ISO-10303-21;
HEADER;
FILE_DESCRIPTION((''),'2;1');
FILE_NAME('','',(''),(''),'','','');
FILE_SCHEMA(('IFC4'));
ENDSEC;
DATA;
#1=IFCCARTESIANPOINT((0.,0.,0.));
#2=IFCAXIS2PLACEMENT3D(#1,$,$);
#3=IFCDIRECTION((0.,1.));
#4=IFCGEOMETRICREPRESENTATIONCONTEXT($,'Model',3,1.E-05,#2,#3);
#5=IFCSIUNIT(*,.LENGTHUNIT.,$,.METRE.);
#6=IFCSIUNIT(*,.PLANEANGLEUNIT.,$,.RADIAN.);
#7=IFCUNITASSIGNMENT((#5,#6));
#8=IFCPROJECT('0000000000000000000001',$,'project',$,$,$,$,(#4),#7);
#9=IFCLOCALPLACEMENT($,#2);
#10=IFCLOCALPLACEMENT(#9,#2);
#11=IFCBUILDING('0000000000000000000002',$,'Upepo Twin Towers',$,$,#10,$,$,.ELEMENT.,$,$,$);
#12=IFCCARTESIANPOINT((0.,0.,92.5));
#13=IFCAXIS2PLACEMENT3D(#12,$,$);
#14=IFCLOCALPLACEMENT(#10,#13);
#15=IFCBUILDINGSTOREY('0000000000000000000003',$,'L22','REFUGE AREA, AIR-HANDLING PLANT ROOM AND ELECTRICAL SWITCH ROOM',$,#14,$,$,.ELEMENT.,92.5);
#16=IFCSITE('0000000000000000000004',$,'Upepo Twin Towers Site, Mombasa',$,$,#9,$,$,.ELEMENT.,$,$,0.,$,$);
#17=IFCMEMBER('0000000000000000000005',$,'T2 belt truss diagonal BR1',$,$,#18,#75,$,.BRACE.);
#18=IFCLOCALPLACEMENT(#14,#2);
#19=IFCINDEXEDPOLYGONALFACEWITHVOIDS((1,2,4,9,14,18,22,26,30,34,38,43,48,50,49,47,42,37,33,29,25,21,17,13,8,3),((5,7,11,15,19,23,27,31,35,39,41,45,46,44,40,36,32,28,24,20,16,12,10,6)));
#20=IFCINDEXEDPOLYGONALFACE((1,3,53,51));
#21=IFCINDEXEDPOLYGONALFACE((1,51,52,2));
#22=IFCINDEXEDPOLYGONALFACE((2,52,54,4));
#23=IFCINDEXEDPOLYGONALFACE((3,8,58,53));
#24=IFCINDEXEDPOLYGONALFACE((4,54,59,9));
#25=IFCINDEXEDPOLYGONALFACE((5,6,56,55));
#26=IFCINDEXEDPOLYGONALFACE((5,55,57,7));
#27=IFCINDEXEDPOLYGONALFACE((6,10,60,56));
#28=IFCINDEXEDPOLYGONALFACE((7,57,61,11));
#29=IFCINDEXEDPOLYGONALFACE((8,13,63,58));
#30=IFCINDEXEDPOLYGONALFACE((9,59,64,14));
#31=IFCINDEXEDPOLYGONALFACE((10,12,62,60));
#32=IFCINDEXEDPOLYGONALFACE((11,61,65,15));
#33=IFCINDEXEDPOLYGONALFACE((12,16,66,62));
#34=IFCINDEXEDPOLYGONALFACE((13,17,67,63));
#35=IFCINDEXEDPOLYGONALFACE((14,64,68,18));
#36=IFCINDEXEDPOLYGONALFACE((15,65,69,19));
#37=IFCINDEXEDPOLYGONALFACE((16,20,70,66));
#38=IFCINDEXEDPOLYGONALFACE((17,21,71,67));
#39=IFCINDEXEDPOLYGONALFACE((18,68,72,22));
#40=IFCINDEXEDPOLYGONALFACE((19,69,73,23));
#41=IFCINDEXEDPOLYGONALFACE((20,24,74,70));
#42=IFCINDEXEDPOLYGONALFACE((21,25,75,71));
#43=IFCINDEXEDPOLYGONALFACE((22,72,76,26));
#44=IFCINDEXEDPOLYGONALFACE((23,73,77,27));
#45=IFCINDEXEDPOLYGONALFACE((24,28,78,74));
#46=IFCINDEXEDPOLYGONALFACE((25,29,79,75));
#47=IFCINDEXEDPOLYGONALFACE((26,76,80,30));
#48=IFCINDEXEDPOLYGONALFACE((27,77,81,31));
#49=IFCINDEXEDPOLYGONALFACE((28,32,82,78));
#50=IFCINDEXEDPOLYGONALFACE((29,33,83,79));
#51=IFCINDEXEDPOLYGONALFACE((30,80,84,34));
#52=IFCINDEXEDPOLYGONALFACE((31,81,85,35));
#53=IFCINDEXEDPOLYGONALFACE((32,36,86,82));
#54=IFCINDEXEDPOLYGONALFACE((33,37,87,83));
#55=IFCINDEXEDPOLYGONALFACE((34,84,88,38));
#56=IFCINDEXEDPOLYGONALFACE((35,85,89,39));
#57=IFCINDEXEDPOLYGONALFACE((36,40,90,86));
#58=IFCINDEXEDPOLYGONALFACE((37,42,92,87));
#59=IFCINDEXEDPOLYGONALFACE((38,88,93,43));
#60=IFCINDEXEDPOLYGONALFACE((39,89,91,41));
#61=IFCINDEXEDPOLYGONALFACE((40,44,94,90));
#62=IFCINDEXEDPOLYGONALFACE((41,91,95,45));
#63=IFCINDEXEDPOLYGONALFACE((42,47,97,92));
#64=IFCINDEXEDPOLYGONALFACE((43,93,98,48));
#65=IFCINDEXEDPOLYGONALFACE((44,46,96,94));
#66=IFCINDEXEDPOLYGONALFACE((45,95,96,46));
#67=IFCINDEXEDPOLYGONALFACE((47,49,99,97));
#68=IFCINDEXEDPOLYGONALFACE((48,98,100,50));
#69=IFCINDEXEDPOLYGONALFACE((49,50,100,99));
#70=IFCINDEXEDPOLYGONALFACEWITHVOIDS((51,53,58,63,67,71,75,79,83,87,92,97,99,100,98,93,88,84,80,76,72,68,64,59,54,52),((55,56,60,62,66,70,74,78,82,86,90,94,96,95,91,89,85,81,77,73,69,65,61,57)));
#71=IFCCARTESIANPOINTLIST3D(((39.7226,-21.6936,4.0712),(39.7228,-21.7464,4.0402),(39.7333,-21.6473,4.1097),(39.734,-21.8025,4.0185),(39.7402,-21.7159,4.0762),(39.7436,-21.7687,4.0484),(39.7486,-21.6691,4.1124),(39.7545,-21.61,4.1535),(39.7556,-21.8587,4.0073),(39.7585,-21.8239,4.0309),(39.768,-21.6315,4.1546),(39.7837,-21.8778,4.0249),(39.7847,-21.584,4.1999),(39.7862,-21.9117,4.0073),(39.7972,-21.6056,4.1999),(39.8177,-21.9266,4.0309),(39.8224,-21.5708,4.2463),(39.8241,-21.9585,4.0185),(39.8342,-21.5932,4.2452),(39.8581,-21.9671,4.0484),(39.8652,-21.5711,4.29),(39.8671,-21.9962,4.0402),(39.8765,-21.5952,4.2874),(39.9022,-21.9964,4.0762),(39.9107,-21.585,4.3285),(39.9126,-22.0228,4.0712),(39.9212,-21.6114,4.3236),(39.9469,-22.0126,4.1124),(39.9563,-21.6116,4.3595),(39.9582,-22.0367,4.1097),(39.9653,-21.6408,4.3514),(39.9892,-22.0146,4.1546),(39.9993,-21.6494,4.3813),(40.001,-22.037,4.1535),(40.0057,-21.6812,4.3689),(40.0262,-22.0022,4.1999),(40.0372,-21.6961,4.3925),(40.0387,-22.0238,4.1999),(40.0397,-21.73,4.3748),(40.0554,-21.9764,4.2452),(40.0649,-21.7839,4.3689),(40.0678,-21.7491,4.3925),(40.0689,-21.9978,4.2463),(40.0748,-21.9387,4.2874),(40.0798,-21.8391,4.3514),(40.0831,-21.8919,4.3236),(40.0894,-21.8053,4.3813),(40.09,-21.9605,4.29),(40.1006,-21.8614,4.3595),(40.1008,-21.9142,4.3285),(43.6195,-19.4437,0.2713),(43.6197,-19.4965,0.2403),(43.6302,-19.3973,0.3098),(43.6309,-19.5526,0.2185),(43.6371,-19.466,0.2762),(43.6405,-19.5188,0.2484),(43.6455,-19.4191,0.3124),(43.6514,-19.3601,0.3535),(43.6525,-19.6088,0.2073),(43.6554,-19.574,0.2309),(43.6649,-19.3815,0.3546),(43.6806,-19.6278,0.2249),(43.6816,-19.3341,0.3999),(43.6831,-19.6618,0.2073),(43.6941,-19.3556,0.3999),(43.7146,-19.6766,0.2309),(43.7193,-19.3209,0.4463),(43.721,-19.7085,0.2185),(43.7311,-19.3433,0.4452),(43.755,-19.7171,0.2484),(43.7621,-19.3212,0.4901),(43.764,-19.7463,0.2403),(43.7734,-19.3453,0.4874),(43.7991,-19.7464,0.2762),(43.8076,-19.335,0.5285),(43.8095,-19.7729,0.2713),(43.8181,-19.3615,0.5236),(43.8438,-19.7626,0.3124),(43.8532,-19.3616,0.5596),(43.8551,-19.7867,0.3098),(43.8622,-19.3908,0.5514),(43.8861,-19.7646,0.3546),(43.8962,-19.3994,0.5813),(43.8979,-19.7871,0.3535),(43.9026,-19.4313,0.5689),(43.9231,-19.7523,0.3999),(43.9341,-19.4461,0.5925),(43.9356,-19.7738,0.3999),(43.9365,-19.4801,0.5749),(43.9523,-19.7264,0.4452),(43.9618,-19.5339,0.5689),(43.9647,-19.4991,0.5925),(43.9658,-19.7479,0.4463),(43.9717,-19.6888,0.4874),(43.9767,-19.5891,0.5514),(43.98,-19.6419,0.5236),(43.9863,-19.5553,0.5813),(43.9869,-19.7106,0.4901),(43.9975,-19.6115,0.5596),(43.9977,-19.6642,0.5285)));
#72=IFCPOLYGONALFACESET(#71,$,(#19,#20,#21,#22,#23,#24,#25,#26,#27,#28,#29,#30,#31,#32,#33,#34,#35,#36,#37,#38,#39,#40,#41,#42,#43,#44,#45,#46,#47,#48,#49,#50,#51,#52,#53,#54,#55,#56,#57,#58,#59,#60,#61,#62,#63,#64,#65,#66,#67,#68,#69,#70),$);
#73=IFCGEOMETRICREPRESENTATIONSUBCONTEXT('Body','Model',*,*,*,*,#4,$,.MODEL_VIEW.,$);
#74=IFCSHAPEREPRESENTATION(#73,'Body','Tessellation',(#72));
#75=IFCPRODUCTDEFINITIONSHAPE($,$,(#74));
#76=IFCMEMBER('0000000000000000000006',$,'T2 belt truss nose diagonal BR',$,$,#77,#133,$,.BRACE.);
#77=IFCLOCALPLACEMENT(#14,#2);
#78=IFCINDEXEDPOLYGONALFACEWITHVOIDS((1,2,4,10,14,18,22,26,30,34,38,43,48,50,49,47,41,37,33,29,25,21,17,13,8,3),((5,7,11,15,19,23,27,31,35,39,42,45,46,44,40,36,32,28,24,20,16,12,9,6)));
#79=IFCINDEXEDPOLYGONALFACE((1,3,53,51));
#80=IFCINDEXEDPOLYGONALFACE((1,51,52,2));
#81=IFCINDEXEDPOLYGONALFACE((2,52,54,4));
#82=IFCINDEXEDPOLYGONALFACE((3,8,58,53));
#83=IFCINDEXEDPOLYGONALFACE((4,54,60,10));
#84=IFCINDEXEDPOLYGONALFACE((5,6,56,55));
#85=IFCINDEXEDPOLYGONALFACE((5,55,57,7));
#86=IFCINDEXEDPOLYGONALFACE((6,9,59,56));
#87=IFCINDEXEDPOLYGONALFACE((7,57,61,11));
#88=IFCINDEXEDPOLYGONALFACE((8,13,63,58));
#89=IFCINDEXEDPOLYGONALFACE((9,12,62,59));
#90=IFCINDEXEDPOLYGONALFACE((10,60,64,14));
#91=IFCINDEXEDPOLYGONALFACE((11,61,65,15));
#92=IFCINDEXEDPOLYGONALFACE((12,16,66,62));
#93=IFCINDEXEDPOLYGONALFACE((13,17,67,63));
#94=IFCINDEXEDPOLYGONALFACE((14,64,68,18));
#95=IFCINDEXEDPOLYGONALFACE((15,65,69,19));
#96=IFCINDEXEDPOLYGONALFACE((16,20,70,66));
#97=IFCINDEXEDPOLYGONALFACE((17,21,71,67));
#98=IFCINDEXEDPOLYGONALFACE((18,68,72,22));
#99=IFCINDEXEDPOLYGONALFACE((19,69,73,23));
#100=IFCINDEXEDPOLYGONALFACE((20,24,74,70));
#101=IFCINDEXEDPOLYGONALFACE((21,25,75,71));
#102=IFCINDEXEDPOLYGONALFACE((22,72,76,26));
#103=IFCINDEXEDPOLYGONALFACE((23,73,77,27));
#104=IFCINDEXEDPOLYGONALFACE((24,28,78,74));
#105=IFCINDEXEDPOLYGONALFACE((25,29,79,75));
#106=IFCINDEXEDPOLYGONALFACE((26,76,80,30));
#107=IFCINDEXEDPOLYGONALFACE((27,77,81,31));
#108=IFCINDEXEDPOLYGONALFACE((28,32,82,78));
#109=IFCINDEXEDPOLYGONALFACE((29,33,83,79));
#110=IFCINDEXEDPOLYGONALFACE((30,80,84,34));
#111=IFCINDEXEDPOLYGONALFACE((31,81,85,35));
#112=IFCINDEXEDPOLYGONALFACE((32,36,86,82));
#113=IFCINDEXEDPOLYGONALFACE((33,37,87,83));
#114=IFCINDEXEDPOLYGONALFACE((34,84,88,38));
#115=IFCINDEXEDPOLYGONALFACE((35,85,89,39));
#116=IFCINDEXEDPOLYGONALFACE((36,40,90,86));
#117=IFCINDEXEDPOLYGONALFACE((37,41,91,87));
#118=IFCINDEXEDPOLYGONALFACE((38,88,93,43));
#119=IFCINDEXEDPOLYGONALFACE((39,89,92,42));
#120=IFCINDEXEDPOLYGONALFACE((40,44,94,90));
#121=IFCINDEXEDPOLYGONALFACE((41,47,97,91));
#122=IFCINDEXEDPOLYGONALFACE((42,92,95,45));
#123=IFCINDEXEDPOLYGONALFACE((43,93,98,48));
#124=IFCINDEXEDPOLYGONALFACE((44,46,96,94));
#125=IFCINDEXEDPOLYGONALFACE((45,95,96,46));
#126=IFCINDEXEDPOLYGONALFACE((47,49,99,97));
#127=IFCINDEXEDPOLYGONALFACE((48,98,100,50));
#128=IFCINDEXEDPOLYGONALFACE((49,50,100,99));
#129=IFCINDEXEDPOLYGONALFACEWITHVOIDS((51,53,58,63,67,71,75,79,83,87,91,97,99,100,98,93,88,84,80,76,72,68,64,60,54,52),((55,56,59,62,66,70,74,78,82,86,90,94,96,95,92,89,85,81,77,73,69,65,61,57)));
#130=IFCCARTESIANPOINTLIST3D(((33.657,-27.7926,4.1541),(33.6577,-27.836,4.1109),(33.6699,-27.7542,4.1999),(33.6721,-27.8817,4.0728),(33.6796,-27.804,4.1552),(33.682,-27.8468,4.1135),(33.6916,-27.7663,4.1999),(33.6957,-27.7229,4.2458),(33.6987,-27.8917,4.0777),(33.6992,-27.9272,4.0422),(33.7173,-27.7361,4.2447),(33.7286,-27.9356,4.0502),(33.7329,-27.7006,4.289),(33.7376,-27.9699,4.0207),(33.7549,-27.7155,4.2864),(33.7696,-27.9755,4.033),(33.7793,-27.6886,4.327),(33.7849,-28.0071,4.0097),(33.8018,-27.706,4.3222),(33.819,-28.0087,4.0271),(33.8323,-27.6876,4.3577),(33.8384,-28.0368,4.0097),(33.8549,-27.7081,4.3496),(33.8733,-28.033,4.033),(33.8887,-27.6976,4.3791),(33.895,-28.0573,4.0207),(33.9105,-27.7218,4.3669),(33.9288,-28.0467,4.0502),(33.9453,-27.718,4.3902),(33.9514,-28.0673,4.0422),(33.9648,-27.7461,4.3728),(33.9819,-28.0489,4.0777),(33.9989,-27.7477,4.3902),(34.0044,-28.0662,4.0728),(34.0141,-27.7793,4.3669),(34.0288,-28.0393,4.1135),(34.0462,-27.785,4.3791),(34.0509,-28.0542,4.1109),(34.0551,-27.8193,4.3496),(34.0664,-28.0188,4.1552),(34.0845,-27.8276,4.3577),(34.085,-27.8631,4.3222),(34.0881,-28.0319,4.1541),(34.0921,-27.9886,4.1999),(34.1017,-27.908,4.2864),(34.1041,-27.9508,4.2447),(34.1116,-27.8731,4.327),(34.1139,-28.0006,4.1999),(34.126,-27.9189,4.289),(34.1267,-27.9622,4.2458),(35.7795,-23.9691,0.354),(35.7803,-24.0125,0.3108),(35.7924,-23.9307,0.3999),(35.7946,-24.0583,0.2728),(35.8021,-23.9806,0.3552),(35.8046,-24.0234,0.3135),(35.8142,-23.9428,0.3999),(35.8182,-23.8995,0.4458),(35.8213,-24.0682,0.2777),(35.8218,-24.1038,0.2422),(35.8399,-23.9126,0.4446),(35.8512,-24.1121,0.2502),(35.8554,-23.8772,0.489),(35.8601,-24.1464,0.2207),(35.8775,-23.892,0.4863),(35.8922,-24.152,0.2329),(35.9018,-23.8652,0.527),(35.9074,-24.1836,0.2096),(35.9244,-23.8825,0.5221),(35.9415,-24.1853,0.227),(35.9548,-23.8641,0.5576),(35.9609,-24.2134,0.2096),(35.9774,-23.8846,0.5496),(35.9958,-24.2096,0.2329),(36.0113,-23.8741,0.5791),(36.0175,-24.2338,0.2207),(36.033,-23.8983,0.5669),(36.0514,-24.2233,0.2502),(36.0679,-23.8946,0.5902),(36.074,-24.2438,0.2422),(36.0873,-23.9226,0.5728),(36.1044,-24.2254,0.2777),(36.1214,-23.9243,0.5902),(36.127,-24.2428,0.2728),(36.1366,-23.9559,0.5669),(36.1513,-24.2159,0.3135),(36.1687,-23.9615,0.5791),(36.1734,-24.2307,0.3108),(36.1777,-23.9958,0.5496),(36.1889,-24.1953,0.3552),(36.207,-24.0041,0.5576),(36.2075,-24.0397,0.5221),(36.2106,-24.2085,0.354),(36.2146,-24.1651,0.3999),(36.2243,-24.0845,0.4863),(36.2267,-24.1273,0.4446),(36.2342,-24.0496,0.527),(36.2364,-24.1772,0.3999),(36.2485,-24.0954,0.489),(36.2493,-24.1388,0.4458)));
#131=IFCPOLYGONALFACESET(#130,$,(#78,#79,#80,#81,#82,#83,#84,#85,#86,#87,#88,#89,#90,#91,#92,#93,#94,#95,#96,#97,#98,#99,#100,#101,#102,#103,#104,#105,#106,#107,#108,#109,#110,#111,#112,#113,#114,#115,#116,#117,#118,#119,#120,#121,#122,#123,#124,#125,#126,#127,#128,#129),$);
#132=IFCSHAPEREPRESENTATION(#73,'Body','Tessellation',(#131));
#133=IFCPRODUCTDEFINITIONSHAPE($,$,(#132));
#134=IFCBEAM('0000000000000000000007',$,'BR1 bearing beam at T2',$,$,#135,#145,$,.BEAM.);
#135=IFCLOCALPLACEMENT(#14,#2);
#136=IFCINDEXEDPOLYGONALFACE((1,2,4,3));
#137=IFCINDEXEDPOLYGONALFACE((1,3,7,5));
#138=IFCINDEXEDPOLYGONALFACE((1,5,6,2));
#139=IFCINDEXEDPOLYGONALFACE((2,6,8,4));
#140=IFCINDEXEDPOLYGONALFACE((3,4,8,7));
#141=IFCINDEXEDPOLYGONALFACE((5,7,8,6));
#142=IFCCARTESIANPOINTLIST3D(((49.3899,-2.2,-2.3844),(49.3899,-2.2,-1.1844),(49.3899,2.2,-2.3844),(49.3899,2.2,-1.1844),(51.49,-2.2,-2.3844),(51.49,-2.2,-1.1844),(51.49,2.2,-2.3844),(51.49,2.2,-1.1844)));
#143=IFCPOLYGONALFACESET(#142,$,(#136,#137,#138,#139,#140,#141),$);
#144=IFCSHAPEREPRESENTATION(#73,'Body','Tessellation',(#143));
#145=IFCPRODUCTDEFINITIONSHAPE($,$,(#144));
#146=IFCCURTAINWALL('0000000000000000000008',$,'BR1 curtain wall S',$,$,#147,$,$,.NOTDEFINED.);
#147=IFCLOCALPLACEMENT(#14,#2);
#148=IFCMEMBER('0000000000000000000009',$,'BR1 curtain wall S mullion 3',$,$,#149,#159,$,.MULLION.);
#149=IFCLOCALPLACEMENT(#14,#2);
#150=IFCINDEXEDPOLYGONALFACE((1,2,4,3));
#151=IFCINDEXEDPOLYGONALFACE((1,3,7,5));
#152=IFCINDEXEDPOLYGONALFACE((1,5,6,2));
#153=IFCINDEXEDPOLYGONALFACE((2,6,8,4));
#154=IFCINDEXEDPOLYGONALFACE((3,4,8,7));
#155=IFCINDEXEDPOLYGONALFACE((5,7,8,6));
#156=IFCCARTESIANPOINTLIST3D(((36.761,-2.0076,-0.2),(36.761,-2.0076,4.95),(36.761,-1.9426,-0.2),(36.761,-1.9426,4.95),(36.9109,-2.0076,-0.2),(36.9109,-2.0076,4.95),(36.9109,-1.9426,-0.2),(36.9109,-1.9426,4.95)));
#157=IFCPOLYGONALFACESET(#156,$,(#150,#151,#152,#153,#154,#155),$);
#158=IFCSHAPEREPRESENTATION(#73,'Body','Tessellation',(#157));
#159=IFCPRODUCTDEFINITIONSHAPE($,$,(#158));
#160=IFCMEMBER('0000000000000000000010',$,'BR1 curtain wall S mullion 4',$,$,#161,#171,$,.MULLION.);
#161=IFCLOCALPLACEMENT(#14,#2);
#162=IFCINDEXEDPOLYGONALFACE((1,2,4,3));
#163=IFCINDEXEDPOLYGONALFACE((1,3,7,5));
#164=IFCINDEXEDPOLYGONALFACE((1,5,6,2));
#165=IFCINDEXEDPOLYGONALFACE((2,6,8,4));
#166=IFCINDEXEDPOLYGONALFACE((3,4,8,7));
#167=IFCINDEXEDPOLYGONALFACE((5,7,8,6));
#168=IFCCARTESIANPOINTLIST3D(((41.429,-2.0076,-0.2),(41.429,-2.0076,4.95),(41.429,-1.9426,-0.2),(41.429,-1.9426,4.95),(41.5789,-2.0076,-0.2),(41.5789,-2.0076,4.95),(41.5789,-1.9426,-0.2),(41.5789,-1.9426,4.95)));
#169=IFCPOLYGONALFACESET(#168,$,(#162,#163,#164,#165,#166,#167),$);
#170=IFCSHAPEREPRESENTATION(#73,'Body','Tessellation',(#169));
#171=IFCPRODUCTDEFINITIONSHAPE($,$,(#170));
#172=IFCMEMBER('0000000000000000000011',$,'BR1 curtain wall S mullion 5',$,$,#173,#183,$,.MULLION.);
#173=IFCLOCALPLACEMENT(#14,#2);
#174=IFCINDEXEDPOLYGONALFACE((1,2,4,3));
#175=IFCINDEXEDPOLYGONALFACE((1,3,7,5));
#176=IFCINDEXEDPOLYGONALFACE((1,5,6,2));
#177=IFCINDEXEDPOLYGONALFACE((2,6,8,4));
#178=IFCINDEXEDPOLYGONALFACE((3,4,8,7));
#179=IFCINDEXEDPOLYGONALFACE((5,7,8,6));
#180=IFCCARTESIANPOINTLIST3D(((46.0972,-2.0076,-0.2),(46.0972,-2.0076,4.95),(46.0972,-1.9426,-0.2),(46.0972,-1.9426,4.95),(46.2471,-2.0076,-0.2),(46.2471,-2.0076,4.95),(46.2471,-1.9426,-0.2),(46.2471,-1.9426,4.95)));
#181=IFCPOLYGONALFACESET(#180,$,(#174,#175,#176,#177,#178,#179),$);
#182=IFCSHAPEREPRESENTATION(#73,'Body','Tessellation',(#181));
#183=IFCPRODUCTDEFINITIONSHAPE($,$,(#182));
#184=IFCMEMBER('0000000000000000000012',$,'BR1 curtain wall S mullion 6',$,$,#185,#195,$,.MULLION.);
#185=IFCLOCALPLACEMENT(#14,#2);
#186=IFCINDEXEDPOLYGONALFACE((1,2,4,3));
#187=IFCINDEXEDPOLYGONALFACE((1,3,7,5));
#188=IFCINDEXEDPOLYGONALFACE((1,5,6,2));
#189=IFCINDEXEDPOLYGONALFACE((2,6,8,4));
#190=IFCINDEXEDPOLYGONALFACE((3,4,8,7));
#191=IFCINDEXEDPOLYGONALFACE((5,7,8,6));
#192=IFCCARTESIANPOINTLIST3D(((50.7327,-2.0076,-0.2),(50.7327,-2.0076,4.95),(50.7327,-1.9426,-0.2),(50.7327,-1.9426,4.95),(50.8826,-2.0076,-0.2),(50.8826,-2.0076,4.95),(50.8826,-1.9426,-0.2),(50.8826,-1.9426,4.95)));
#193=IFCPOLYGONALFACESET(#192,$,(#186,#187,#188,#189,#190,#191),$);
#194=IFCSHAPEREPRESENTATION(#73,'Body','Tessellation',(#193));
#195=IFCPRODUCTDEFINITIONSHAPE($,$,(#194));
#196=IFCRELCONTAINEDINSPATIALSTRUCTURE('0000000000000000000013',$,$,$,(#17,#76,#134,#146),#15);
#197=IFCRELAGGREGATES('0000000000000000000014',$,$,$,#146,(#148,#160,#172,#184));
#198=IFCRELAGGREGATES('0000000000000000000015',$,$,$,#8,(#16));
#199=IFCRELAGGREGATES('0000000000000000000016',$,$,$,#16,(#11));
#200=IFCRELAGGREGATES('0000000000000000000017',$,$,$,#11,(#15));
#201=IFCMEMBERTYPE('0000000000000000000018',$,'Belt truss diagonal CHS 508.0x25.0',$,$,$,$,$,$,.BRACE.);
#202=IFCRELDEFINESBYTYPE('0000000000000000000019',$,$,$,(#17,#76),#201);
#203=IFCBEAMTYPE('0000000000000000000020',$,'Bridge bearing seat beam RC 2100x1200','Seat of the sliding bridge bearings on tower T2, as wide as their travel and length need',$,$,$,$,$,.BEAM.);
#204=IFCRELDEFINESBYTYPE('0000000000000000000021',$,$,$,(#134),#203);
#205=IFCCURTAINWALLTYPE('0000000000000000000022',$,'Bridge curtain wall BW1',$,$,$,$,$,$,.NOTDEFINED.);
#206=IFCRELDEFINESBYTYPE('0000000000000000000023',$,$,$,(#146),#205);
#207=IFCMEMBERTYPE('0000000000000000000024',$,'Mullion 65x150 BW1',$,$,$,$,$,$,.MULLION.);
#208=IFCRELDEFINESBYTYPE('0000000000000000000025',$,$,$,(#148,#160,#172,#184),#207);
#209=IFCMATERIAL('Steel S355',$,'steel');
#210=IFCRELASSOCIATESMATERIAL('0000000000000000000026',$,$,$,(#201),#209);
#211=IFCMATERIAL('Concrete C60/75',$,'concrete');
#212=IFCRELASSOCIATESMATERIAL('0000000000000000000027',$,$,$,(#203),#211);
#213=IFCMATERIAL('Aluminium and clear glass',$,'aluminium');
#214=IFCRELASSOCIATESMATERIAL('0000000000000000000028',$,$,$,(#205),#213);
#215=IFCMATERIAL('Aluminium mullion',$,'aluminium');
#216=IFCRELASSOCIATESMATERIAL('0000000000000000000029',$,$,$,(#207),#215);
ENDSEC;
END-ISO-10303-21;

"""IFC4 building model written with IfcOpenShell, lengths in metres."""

from ifc_helpers import new_model, si_unit, direction, frame, origin, origin_2d, place, context, subcontext, project, spatial, rectangle, hollow_circle, extrude, material, material_profile, profile_set, type_object, element, aggregate, save


model = new_model("IFC4")

# Units and contexts
model_context = context("Model", 3, precision=1e-05, world=origin(), true_north=direction((0.0, 1.0)))
body_context = subcontext(model_context, "Body", "Model", "MODEL_VIEW")
ifc_project = project(units=[si_unit("LENGTHUNIT", "METRE"), si_unit("PLANEANGLEUNIT", "RADIAN")], contexts=[model_context])

# Site, building, storey
site_placement = place(None, origin())
site = spatial("IfcSite", under=ifc_project, at=site_placement, Name="Upepo Twin Towers Site, Mombasa", CompositionType="ELEMENT", RefElevation=0.0)
building_placement = place(site_placement, origin())
building = spatial("IfcBuilding", under=site, at=building_placement, Name="Upepo Twin Towers", CompositionType="ELEMENT")
storey_placement = place(building_placement, frame((0.0, 0.0, 92.5)))
storey = spatial("IfcBuildingStorey", under=building, at=storey_placement, Name="L22", Description="REFUGE AREA, AIR-HANDLING PLANT ROOM AND ELECTRICAL SWITCH ROOM", CompositionType="ELEMENT", Elevation=92.5)

# Members
ifc_material_1 = material(Name="Steel S355", Category="steel")
ifc_material_profile_1 = material_profile(ifc_material_1, hollow_circle(Radius=0.2539, WallThickness=0.0249, at=origin_2d()), Name="CHS 508.0x25.0")
ifc_profile_set_1 = profile_set([ifc_material_profile_1], Name="Steel S355")
member_type_1 = type_object("IfcMemberType", Name="Belt truss diagonal CHS 508.0x25.0", PredefinedType="BRACE", material=ifc_profile_set_1)
member_1_placement = place(storey_placement, frame((43.8086, -19.554, 0.3999), z_axis=(-0.661652, -0.382019, 0.645196), x_axis=(0.500014, -0.866018, 0.0)))
element("IfcMember", 1, at=member_1_placement, inside=storey, type_object=member_type_1, Name="T2 belt truss diagonal BR1", PredefinedType="BRACE", context=body_context, shape_type="SweptSolid", body=[
    extrude(hollow_circle(Radius=0.2539, WallThickness=0.0249, at=origin_2d()), origin(), (0.0, 0.0, 1.0), 5.8896),
])
member_2_placement = place(storey_placement, frame((36.0144, -24.054, 0.3999), z_axis=(-0.366369, -0.659961, 0.655916), x_axis=(0.874313, -0.485363, 0.0)))
element("IfcMember", 2, at=member_2_placement, inside=storey, type_object=member_type_1, Name="T2 belt truss nose diagonal BR", PredefinedType="BRACE", context=body_context, shape_type="SweptSolid", body=[
    extrude(hollow_circle(Radius=0.2539, WallThickness=0.0249, at=origin_2d()), origin(), (0.0, 0.0, 1.0), 5.7935),
])

# Beam
ifc_material_2 = material(Name="Concrete C60/75", Category="concrete")
ifc_material_profile_2 = material_profile(ifc_material_2, rectangle(XDim=2.1001, YDim=1.2, at=origin_2d()), Name="RC 2100x1200")
ifc_profile_set_2 = profile_set([ifc_material_profile_2], Name="Concrete C60/75")
beam_type_1 = type_object("IfcBeamType", Name="Bridge bearing seat beam RC 2100x1200", Description="Seat of the sliding bridge bearings on tower T2, as wide as their travel and length need", PredefinedType="BEAM", material=ifc_profile_set_2)
beam_1_placement = place(storey_placement, frame((50.4399, -2.2, -1.7844), z_axis=(0.0, 1.0, 0.0), x_axis=(-1.0, 0.0, 0.0)))
element("IfcBeam", 3, at=beam_1_placement, inside=storey, type_object=beam_type_1, Name="BR1 bearing beam at T2", PredefinedType="BEAM", context=body_context, shape_type="SweptSolid", body=[
    extrude(rectangle(XDim=2.1001, YDim=1.2, at=origin_2d()), origin(), (0.0, 0.0, 1.0), 4.3999),
])

# Curtain wall, members
ifc_material_3 = material(Name="Aluminium and clear glass", Category="aluminium")
curtain_wall_type = type_object("IfcCurtainWallType", Name="Bridge curtain wall BW1", PredefinedType="NOTDEFINED", material=ifc_material_3)
curtain_wall_placement = place(storey_placement, origin())
curtain_wall = element("IfcCurtainWall", 4, at=curtain_wall_placement, inside=storey, type_object=curtain_wall_type, Name="BR1 curtain wall S", PredefinedType="NOTDEFINED")
ifc_material_4 = material(Name="Aluminium mullion", Category="aluminium")
ifc_material_profile_3 = material_profile(ifc_material_4, rectangle(XDim=0.0649, YDim=0.1499, at=origin_2d()), Name="MULLION 65x150 BRIDGE")
ifc_profile_set_3 = profile_set([ifc_material_profile_3], Name="Aluminium mullion")
member_type_2 = type_object("IfcMemberType", Name="Mullion 65x150 BW1", PredefinedType="MULLION", material=ifc_profile_set_3)
member_3_placement = place(storey_placement, frame((36.8359, -1.9751, -0.2), z_axis=(0.0, 0.0, 1.0), x_axis=(0.0, 1.0, 0.0)))
member_3 = element("IfcMember", 5, at=member_3_placement, type_object=member_type_2, Name="BR1 curtain wall S mullion 3", PredefinedType="MULLION", context=body_context, shape_type="SweptSolid", body=[
    extrude(rectangle(XDim=0.0649, YDim=0.1499, at=origin_2d()), origin(), (0.0, 0.0, 1.0), 5.1499),
])
member_4_placement = place(storey_placement, frame((41.5039, -1.9751, -0.2), z_axis=(0.0, 0.0, 1.0), x_axis=(0.0, 1.0, 0.0)))
member_4 = element("IfcMember", 6, at=member_4_placement, type_object=member_type_2, Name="BR1 curtain wall S mullion 4", PredefinedType="MULLION", context=body_context, shape_type="SweptSolid", body=[
    extrude(rectangle(XDim=0.0649, YDim=0.1499, at=origin_2d()), origin(), (0.0, 0.0, 1.0), 5.1499),
])
member_5_placement = place(storey_placement, frame((46.1721, -1.9751, -0.2), z_axis=(0.0, 0.0, 1.0), x_axis=(0.0, 1.0, 0.0)))
member_5 = element("IfcMember", 7, at=member_5_placement, type_object=member_type_2, Name="BR1 curtain wall S mullion 5", PredefinedType="MULLION", context=body_context, shape_type="SweptSolid", body=[
    extrude(rectangle(XDim=0.0649, YDim=0.1499, at=origin_2d()), origin(), (0.0, 0.0, 1.0), 5.1499),
])
member_6_placement = place(storey_placement, frame((50.8076, -1.9751, -0.2), z_axis=(0.0, 0.0, 1.0), x_axis=(0.0, 1.0, 0.0)))
member_6 = element("IfcMember", 8, at=member_6_placement, type_object=member_type_2, Name="BR1 curtain wall S mullion 6", PredefinedType="MULLION", context=body_context, shape_type="SweptSolid", body=[
    extrude(rectangle(XDim=0.0649, YDim=0.1499, at=origin_2d()), origin(), (0.0, 0.0, 1.0), 5.1499),
])
aggregate(curtain_wall, [member_3, member_4, member_5, member_6])

save(model, "model.ifc")
